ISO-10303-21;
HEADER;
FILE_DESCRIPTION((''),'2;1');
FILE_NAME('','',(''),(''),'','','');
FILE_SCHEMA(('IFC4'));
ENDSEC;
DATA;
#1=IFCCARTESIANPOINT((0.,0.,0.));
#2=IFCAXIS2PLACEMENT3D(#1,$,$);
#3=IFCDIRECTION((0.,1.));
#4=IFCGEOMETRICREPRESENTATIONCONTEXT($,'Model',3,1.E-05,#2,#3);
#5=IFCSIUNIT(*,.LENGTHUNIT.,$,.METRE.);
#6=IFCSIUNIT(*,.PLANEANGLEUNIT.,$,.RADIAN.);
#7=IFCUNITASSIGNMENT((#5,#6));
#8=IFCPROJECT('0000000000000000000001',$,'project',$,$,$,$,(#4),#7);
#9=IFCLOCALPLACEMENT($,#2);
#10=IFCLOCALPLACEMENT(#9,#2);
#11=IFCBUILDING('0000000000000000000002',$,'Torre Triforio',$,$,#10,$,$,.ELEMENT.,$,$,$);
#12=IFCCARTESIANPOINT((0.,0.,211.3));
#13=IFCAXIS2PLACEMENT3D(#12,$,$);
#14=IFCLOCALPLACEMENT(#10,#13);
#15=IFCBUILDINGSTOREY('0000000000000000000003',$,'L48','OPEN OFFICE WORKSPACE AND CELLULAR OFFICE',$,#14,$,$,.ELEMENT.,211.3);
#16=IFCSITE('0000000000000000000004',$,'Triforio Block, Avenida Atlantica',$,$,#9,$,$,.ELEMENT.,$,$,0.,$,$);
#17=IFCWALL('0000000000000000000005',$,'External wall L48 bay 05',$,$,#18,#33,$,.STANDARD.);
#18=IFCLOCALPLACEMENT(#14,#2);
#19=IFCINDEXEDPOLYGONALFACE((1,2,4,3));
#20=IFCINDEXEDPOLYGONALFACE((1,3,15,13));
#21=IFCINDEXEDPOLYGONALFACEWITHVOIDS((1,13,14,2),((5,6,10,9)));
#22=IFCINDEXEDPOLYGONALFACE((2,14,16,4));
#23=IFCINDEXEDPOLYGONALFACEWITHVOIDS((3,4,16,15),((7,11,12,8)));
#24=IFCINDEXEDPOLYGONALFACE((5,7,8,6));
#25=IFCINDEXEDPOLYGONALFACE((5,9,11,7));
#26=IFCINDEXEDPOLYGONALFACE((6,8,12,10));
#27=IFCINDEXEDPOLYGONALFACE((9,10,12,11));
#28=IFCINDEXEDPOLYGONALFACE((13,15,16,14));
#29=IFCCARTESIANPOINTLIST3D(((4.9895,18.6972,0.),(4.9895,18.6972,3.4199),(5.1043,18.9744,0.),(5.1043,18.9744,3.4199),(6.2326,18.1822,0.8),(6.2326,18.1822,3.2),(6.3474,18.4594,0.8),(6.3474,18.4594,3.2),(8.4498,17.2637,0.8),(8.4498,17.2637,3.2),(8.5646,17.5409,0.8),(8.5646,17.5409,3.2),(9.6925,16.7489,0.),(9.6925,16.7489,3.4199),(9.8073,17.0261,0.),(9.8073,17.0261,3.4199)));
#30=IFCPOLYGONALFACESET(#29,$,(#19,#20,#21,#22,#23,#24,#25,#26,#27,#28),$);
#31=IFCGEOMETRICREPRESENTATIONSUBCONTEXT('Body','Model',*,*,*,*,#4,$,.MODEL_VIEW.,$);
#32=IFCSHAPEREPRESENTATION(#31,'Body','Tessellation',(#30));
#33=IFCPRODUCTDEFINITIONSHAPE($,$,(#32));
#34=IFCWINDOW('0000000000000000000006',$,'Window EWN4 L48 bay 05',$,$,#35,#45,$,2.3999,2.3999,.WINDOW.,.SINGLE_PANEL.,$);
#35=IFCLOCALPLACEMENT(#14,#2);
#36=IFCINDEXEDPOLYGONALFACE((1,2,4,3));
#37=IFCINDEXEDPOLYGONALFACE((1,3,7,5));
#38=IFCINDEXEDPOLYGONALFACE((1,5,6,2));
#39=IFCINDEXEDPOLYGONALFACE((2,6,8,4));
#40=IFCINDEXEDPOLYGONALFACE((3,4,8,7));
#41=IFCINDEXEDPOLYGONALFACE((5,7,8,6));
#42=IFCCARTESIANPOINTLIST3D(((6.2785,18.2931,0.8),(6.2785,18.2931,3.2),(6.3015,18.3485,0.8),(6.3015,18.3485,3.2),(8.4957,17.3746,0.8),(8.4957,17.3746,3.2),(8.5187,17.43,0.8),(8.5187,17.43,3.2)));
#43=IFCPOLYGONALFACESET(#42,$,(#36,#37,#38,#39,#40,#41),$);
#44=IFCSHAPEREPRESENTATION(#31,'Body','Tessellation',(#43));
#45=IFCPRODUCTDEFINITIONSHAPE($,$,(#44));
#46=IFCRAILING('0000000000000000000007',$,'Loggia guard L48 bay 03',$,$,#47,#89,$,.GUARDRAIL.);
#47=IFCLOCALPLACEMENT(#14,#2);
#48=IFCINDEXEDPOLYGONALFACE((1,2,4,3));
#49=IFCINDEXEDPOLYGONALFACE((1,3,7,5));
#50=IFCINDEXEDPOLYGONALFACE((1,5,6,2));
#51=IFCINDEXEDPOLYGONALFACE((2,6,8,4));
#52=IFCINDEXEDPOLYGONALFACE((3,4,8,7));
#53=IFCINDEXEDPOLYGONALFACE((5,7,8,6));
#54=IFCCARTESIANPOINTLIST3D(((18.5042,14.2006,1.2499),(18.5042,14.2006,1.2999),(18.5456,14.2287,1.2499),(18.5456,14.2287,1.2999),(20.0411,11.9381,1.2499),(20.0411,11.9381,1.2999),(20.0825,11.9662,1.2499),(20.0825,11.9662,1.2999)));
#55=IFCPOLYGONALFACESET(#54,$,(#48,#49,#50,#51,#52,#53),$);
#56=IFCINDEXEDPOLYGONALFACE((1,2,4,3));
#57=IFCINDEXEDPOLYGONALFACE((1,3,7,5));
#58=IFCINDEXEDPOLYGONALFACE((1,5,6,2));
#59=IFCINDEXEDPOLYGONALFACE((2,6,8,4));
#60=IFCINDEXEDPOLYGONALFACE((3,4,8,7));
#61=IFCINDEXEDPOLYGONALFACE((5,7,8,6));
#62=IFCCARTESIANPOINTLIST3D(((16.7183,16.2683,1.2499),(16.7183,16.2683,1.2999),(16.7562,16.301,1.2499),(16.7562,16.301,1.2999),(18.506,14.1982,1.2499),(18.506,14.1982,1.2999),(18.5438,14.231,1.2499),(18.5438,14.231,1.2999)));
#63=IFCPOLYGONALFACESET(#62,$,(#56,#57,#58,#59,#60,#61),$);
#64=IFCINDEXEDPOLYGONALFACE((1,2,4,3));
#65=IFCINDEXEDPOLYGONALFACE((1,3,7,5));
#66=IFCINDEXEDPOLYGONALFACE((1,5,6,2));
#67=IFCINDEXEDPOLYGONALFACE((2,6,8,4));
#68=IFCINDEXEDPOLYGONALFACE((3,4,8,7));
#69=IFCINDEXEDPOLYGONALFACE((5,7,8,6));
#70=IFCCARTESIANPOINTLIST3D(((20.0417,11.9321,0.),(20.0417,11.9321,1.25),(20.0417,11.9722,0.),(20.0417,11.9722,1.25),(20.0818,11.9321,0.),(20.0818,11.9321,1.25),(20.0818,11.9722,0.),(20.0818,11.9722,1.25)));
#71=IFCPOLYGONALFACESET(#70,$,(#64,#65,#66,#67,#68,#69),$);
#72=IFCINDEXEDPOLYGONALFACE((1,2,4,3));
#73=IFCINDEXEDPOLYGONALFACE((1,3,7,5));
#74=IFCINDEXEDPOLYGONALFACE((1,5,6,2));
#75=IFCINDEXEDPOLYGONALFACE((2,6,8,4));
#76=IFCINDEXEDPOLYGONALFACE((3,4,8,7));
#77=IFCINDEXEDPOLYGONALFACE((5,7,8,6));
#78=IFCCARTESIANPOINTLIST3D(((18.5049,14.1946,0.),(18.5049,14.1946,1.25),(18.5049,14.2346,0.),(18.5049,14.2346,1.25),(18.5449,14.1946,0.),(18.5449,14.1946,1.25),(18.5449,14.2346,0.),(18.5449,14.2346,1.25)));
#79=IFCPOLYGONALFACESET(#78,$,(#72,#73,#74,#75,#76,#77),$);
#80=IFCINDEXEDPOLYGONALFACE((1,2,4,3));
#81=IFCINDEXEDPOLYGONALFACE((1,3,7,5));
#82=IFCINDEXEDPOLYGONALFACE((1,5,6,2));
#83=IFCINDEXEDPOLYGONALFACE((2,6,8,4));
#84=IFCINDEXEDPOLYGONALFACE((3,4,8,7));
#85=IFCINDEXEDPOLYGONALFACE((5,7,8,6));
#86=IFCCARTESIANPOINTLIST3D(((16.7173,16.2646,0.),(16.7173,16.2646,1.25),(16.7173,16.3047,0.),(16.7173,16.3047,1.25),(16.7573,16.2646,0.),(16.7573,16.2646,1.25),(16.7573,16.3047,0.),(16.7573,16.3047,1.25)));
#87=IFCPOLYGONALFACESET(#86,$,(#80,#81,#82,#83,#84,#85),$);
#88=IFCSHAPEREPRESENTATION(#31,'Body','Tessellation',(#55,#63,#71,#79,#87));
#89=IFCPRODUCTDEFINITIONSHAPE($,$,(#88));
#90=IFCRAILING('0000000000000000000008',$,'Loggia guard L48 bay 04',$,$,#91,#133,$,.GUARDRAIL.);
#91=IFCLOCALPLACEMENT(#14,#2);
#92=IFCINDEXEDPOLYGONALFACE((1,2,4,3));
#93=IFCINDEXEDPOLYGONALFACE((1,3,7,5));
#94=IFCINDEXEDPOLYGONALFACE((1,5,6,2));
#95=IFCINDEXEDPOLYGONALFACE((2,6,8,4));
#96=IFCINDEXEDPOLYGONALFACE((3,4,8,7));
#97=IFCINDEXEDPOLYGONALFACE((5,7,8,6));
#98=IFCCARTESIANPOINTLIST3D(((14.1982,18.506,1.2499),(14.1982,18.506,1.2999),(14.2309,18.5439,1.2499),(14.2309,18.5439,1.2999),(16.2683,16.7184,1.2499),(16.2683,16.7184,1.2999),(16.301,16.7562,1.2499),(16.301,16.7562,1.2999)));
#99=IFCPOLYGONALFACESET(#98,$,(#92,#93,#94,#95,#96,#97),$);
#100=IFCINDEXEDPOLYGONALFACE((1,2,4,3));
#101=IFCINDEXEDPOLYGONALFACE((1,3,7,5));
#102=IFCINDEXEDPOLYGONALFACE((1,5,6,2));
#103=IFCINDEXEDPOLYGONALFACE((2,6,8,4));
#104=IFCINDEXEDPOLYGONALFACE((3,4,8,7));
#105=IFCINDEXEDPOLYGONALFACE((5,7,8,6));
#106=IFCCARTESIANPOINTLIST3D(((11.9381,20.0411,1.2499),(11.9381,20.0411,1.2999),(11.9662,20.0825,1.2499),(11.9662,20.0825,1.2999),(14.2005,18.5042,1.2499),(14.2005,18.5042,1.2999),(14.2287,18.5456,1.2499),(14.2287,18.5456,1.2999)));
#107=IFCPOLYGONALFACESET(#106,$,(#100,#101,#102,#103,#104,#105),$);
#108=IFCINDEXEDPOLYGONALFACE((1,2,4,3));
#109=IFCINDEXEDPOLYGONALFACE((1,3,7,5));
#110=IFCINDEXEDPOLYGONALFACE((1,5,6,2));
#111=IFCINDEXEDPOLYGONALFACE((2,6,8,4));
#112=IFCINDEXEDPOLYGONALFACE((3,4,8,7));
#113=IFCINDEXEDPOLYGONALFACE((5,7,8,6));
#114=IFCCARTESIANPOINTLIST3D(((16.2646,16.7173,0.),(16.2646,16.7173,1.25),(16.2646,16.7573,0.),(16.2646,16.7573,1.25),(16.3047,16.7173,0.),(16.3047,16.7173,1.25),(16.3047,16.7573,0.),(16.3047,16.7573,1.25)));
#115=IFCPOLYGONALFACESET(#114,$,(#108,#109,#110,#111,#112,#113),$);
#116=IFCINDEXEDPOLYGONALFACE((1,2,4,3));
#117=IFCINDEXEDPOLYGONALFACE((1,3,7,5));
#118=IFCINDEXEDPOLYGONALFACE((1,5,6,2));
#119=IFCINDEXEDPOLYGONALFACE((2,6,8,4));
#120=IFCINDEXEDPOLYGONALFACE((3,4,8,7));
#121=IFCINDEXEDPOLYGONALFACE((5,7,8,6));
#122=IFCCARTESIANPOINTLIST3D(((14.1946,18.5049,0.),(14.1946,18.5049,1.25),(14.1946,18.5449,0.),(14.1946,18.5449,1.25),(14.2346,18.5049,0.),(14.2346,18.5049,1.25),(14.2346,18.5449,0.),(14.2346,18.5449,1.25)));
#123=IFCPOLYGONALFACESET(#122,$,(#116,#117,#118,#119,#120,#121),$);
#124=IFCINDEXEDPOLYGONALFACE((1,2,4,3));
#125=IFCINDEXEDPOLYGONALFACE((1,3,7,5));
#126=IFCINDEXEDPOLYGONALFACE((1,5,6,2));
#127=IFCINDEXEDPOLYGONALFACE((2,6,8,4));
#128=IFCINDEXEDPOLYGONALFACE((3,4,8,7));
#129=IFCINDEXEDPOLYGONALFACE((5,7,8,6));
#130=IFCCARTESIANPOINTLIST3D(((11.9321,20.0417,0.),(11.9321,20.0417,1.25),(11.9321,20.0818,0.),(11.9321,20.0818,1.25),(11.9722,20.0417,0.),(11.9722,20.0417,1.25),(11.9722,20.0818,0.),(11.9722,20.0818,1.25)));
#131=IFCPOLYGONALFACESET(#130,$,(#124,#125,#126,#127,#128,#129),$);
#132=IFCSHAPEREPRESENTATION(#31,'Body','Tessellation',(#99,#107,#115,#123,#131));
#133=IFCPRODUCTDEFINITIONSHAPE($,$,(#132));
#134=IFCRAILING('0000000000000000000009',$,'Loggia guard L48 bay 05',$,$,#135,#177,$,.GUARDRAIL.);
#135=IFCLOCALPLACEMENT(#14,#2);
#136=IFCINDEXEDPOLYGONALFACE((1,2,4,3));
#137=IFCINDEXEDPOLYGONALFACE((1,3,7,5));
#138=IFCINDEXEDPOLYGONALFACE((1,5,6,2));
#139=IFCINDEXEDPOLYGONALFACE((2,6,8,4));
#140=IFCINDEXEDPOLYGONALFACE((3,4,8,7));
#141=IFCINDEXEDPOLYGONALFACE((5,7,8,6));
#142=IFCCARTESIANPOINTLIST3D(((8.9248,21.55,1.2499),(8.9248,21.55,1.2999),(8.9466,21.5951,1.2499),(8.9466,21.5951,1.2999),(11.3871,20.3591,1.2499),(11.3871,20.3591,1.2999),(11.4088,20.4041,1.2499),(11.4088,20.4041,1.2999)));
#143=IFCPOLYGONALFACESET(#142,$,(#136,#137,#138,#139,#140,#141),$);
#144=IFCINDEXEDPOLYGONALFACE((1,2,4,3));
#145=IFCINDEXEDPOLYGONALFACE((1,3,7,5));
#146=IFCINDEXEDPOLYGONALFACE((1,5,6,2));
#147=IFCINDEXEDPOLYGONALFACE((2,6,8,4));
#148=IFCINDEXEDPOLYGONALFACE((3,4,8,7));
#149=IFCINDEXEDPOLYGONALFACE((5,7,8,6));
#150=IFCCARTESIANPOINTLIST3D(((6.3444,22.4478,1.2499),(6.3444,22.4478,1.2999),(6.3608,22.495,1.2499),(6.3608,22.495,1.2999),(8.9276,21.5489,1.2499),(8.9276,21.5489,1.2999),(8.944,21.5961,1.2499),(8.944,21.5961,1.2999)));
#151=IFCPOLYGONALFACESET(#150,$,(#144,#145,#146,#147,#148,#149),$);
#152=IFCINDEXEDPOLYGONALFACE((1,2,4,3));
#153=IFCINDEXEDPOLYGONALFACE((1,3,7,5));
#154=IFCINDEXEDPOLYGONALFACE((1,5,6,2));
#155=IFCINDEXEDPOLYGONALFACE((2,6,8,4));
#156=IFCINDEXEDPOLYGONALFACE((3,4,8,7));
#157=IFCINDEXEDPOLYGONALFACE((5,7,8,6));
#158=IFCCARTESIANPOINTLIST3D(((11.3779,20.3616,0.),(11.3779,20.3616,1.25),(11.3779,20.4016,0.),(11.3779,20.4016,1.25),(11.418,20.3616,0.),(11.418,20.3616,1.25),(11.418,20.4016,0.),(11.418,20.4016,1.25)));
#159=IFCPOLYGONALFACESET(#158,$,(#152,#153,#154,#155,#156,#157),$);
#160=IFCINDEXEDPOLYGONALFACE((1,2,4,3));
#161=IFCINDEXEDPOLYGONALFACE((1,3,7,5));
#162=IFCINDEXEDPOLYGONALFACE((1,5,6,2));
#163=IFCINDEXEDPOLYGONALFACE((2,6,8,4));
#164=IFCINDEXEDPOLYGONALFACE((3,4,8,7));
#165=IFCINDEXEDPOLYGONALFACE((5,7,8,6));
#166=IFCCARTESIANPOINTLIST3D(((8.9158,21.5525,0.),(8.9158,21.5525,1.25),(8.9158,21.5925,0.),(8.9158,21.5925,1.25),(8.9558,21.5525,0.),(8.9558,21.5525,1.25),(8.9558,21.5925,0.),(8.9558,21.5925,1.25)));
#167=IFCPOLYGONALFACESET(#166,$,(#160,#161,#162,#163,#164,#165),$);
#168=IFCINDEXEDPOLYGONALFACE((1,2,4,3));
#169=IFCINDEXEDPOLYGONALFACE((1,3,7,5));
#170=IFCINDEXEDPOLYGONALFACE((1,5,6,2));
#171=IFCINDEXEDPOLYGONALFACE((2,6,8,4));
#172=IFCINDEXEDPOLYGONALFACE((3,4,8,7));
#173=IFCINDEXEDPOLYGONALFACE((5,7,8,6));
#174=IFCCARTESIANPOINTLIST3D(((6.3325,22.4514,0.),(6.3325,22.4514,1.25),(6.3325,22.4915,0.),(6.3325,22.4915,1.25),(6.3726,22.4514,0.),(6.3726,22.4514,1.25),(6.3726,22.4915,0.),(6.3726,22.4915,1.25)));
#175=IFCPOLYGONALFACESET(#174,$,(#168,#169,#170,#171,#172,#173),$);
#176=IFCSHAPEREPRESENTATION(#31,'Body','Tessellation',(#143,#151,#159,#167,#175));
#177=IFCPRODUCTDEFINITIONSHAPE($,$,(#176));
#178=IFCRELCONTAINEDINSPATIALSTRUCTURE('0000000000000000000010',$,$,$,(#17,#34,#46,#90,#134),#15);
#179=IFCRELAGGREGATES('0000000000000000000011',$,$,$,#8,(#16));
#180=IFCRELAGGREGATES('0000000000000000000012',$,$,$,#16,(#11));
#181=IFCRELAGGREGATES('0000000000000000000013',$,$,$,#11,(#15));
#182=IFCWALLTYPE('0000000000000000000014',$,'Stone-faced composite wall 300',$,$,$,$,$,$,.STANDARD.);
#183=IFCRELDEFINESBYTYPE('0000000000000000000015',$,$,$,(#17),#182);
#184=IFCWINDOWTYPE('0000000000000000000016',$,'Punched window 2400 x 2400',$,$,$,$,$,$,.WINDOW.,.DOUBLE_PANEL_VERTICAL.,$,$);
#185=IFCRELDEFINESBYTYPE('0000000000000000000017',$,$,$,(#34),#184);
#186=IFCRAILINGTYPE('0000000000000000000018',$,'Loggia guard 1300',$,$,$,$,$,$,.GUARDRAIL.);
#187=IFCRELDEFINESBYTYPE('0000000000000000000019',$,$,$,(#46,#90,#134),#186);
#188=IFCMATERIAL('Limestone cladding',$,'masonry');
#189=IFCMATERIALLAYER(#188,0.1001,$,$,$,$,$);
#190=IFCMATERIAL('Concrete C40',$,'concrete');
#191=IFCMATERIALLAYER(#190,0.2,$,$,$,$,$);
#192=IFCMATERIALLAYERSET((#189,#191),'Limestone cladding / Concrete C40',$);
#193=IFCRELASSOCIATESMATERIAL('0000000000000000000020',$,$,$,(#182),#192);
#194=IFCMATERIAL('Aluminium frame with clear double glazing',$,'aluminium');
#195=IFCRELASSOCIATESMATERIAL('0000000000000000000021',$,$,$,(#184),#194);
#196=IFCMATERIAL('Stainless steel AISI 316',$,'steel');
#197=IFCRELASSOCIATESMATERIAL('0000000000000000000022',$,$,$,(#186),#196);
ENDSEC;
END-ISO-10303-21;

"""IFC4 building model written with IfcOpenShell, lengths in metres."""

from ifc_helpers import new_model, si_unit, direction, frame, frame_2d, origin, origin_2d, place, context, subcontext, project, spatial, rectangle, extrude, material, layer, layer_set, type_object, element, fill, save


model = new_model("IFC4")

# Units and contexts
model_context = context("Model", 3, precision=1e-05, world=origin(), true_north=direction((0.0, 1.0)))
body_context = subcontext(model_context, "Body", "Model", "MODEL_VIEW")
ifc_project = project(units=[si_unit("LENGTHUNIT", "METRE"), si_unit("PLANEANGLEUNIT", "RADIAN")], contexts=[model_context])

# Site, building, storey
site_placement = place(None, origin())
site = spatial("IfcSite", under=ifc_project, at=site_placement, Name="Triforio Block, Avenida Atlantica", CompositionType="ELEMENT", RefElevation=0.0)
building_placement = place(site_placement, origin())
building = spatial("IfcBuilding", under=site, at=building_placement, Name="Torre Triforio", CompositionType="ELEMENT")
storey_placement = place(building_placement, frame((0.0, 0.0, 211.3)))
storey = spatial("IfcBuildingStorey", under=building, at=storey_placement, Name="L48", Description="OPEN OFFICE WORKSPACE AND CELLULAR OFFICE", CompositionType="ELEMENT", Elevation=211.3)

# Shared definitions
ifc_material_1 = material(Name="Concrete C40", Category="concrete")

# Shared definitions
ifc_material_2 = material(Name="Limestone cladding", Category="masonry")

# Shared definitions
ifc_layer_1 = layer(ifc_material_2, 0.1001)
ifc_layer_2 = layer(ifc_material_1, 0.2)
ifc_layer_set_1 = layer_set([ifc_layer_1, ifc_layer_2], Name="Limestone cladding / Concrete C40")
wall_type_1 = type_object("IfcWallType", Name="Stone-faced composite wall 300", PredefinedType="STANDARD", material=ifc_layer_set_1)
ifc_material_3 = material(Name="Aluminium frame with clear double glazing", Category="aluminium")
window_type_1 = type_object("IfcWindowType", Name="Punched window 2400 x 2400", PartitioningType="DOUBLE_PANEL_VERTICAL", PredefinedType="WINDOW", material=ifc_material_3)

# Wall, opening, window
wall_1_placement = place(storey_placement, frame((9.75, 16.8875, 0.0), z_axis=(0.0, 0.0, 1.0), x_axis=(-0.923863, 0.382725, 0.0)))
wall_1 = element("IfcWall", 1, at=wall_1_placement, inside=storey, type_object=wall_type_1, Name="External wall L48 bay 05", PredefinedType="STANDARD", context=body_context, shape_type="SweptSolid", body=[
    extrude(rectangle(XDim=5.0906, YDim=0.3, at=frame_2d((2.5454, 0.0))), origin(), (0.0, 0.0, 1.0), 3.4199),
])
opening_1_placement = place(wall_1_placement, frame((1.3452, 0.0, 0.8)))
opening_1 = element("IfcOpeningElement", 2, at=opening_1_placement, cuts=wall_1, PredefinedType="OPENING", context=body_context, shape_type="SweptSolid", body=[
    extrude(rectangle(XDim=2.3999, YDim=2.3999, at=frame_2d((1.2, 1.2))), frame((0.0, 0.1599, 0.0), z_axis=(0.0, -1.0, 0.0), x_axis=(1.0, 0.0, 0.0)), (0.0, 0.0, 1.0), 0.3201),
])
window_1_placement = place(opening_1_placement, origin())
window_1 = element("IfcWindow", 3, at=window_1_placement, inside=storey, type_object=window_type_1, Name="Window EWN4 L48 bay 05", OverallHeight=2.3999, OverallWidth=2.3999, PartitioningType="SINGLE_PANEL", PredefinedType="WINDOW", context=body_context, shape_type="SweptSolid", body=[
    extrude(rectangle(XDim=2.3999, YDim=2.3999, at=frame_2d((1.2, 1.2))), frame((0.0, 0.03, 0.0), z_axis=(0.0, -1.0, 0.0), x_axis=(1.0, 0.0, 0.0)), (0.0, 0.0, 1.0), 0.0601),
])
fill(opening_1, window_1)

# Railings
ifc_material_4 = material(Name="Stainless steel AISI 316", Category="steel")
railing_type = type_object("IfcRailingType", Name="Loggia guard 1300", PredefinedType="GUARDRAIL", material=ifc_material_4)
railing_1_placement = place(storey_placement, frame((20.0618, 11.9521, 0.0)))
element("IfcRailing", 4, at=railing_1_placement, inside=storey, type_object=railing_type, Name="Loggia guard L48 bay 03", PredefinedType="GUARDRAIL", context=body_context, shape_type="SweptSolid", body=[
    extrude(rectangle(XDim=0.05, YDim=0.05, at=origin_2d()), frame((0.0, 0.0, 1.2749), z_axis=(-0.56191, 0.827199, 0.0), x_axis=(-0.827199, -0.56191, 0.0)), (0.0, 0.0, 1.0), 2.7351),
    extrude(rectangle(XDim=0.05, YDim=0.05, at=origin_2d()), frame((-1.5369, 2.2625, 1.2749), z_axis=(-0.65358, 0.756857, 0.0), x_axis=(-0.756857, -0.65358, 0.0)), (0.0, 0.0, 1.0), 2.7351),
    extrude(rectangle(XDim=0.04, YDim=0.04, at=origin_2d()), origin(), (0.0, 0.0, 1.0), 1.25),
    extrude(rectangle(XDim=0.04, YDim=0.04, at=origin_2d()), frame((-1.5369, 2.2625, 0.0)), (0.0, 0.0, 1.0), 1.25),
    extrude(rectangle(XDim=0.04, YDim=0.04, at=origin_2d()), frame((-3.3245, 4.3325, 0.0)), (0.0, 0.0, 1.0), 1.25),
])
railing_2_placement = place(storey_placement, frame((16.2847, 16.7373, 0.0)))
element("IfcRailing", 5, at=railing_2_placement, inside=storey, type_object=railing_type, Name="Loggia guard L48 bay 04", PredefinedType="GUARDRAIL", context=body_context, shape_type="SweptSolid", body=[
    extrude(rectangle(XDim=0.05, YDim=0.05, at=origin_2d()), frame((0.0, 0.0, 1.2749), z_axis=(-0.756857, 0.65358, 0.0), x_axis=(-0.65358, -0.756857, 0.0)), (0.0, 0.0, 1.0), 2.7351),
    extrude(rectangle(XDim=0.05, YDim=0.05, at=origin_2d()), frame((-2.0701, 1.7876, 1.2749), z_axis=(-0.827199, 0.56191, 0.0), x_axis=(-0.56191, -0.827199, 0.0)), (0.0, 0.0, 1.0), 2.7351),
    extrude(rectangle(XDim=0.04, YDim=0.04, at=origin_2d()), origin(), (0.0, 0.0, 1.0), 1.25),
    extrude(rectangle(XDim=0.04, YDim=0.04, at=origin_2d()), frame((-2.0701, 1.7876, 0.0)), (0.0, 0.0, 1.0), 1.25),
    extrude(rectangle(XDim=0.04, YDim=0.04, at=origin_2d()), frame((-4.3325, 3.3245, 0.0)), (0.0, 0.0, 1.0), 1.25),
])
railing_3_placement = place(storey_placement, frame((11.3979, 20.3816, 0.0)))
element("IfcRailing", 6, at=railing_3_placement, inside=storey, type_object=railing_type, Name="Loggia guard L48 bay 05", PredefinedType="GUARDRAIL", context=body_context, shape_type="SweptSolid", body=[
    extrude(rectangle(XDim=0.05, YDim=0.05, at=origin_2d()), frame((0.0, 0.0, 1.2749), z_axis=(-0.900224, 0.435428, 0.0), x_axis=(-0.435428, -0.900224, 0.0)), (0.0, 0.0, 1.0), 2.7351),
    extrude(rectangle(XDim=0.05, YDim=0.05, at=origin_2d()), frame((-2.4622, 1.1909, 1.2749), z_axis=(-0.944451, 0.328652, 0.0), x_axis=(-0.328652, -0.944451, 0.0)), (0.0, 0.0, 1.0), 2.7351),
    extrude(rectangle(XDim=0.04, YDim=0.04, at=origin_2d()), origin(), (0.0, 0.0, 1.0), 1.25),
    extrude(rectangle(XDim=0.04, YDim=0.04, at=origin_2d()), frame((-2.4622, 1.1909, 0.0)), (0.0, 0.0, 1.0), 1.25),
    extrude(rectangle(XDim=0.04, YDim=0.04, at=origin_2d()), frame((-5.0454, 2.0898, 0.0)), (0.0, 0.0, 1.0), 1.25),
])

save(model, "model.ifc")
